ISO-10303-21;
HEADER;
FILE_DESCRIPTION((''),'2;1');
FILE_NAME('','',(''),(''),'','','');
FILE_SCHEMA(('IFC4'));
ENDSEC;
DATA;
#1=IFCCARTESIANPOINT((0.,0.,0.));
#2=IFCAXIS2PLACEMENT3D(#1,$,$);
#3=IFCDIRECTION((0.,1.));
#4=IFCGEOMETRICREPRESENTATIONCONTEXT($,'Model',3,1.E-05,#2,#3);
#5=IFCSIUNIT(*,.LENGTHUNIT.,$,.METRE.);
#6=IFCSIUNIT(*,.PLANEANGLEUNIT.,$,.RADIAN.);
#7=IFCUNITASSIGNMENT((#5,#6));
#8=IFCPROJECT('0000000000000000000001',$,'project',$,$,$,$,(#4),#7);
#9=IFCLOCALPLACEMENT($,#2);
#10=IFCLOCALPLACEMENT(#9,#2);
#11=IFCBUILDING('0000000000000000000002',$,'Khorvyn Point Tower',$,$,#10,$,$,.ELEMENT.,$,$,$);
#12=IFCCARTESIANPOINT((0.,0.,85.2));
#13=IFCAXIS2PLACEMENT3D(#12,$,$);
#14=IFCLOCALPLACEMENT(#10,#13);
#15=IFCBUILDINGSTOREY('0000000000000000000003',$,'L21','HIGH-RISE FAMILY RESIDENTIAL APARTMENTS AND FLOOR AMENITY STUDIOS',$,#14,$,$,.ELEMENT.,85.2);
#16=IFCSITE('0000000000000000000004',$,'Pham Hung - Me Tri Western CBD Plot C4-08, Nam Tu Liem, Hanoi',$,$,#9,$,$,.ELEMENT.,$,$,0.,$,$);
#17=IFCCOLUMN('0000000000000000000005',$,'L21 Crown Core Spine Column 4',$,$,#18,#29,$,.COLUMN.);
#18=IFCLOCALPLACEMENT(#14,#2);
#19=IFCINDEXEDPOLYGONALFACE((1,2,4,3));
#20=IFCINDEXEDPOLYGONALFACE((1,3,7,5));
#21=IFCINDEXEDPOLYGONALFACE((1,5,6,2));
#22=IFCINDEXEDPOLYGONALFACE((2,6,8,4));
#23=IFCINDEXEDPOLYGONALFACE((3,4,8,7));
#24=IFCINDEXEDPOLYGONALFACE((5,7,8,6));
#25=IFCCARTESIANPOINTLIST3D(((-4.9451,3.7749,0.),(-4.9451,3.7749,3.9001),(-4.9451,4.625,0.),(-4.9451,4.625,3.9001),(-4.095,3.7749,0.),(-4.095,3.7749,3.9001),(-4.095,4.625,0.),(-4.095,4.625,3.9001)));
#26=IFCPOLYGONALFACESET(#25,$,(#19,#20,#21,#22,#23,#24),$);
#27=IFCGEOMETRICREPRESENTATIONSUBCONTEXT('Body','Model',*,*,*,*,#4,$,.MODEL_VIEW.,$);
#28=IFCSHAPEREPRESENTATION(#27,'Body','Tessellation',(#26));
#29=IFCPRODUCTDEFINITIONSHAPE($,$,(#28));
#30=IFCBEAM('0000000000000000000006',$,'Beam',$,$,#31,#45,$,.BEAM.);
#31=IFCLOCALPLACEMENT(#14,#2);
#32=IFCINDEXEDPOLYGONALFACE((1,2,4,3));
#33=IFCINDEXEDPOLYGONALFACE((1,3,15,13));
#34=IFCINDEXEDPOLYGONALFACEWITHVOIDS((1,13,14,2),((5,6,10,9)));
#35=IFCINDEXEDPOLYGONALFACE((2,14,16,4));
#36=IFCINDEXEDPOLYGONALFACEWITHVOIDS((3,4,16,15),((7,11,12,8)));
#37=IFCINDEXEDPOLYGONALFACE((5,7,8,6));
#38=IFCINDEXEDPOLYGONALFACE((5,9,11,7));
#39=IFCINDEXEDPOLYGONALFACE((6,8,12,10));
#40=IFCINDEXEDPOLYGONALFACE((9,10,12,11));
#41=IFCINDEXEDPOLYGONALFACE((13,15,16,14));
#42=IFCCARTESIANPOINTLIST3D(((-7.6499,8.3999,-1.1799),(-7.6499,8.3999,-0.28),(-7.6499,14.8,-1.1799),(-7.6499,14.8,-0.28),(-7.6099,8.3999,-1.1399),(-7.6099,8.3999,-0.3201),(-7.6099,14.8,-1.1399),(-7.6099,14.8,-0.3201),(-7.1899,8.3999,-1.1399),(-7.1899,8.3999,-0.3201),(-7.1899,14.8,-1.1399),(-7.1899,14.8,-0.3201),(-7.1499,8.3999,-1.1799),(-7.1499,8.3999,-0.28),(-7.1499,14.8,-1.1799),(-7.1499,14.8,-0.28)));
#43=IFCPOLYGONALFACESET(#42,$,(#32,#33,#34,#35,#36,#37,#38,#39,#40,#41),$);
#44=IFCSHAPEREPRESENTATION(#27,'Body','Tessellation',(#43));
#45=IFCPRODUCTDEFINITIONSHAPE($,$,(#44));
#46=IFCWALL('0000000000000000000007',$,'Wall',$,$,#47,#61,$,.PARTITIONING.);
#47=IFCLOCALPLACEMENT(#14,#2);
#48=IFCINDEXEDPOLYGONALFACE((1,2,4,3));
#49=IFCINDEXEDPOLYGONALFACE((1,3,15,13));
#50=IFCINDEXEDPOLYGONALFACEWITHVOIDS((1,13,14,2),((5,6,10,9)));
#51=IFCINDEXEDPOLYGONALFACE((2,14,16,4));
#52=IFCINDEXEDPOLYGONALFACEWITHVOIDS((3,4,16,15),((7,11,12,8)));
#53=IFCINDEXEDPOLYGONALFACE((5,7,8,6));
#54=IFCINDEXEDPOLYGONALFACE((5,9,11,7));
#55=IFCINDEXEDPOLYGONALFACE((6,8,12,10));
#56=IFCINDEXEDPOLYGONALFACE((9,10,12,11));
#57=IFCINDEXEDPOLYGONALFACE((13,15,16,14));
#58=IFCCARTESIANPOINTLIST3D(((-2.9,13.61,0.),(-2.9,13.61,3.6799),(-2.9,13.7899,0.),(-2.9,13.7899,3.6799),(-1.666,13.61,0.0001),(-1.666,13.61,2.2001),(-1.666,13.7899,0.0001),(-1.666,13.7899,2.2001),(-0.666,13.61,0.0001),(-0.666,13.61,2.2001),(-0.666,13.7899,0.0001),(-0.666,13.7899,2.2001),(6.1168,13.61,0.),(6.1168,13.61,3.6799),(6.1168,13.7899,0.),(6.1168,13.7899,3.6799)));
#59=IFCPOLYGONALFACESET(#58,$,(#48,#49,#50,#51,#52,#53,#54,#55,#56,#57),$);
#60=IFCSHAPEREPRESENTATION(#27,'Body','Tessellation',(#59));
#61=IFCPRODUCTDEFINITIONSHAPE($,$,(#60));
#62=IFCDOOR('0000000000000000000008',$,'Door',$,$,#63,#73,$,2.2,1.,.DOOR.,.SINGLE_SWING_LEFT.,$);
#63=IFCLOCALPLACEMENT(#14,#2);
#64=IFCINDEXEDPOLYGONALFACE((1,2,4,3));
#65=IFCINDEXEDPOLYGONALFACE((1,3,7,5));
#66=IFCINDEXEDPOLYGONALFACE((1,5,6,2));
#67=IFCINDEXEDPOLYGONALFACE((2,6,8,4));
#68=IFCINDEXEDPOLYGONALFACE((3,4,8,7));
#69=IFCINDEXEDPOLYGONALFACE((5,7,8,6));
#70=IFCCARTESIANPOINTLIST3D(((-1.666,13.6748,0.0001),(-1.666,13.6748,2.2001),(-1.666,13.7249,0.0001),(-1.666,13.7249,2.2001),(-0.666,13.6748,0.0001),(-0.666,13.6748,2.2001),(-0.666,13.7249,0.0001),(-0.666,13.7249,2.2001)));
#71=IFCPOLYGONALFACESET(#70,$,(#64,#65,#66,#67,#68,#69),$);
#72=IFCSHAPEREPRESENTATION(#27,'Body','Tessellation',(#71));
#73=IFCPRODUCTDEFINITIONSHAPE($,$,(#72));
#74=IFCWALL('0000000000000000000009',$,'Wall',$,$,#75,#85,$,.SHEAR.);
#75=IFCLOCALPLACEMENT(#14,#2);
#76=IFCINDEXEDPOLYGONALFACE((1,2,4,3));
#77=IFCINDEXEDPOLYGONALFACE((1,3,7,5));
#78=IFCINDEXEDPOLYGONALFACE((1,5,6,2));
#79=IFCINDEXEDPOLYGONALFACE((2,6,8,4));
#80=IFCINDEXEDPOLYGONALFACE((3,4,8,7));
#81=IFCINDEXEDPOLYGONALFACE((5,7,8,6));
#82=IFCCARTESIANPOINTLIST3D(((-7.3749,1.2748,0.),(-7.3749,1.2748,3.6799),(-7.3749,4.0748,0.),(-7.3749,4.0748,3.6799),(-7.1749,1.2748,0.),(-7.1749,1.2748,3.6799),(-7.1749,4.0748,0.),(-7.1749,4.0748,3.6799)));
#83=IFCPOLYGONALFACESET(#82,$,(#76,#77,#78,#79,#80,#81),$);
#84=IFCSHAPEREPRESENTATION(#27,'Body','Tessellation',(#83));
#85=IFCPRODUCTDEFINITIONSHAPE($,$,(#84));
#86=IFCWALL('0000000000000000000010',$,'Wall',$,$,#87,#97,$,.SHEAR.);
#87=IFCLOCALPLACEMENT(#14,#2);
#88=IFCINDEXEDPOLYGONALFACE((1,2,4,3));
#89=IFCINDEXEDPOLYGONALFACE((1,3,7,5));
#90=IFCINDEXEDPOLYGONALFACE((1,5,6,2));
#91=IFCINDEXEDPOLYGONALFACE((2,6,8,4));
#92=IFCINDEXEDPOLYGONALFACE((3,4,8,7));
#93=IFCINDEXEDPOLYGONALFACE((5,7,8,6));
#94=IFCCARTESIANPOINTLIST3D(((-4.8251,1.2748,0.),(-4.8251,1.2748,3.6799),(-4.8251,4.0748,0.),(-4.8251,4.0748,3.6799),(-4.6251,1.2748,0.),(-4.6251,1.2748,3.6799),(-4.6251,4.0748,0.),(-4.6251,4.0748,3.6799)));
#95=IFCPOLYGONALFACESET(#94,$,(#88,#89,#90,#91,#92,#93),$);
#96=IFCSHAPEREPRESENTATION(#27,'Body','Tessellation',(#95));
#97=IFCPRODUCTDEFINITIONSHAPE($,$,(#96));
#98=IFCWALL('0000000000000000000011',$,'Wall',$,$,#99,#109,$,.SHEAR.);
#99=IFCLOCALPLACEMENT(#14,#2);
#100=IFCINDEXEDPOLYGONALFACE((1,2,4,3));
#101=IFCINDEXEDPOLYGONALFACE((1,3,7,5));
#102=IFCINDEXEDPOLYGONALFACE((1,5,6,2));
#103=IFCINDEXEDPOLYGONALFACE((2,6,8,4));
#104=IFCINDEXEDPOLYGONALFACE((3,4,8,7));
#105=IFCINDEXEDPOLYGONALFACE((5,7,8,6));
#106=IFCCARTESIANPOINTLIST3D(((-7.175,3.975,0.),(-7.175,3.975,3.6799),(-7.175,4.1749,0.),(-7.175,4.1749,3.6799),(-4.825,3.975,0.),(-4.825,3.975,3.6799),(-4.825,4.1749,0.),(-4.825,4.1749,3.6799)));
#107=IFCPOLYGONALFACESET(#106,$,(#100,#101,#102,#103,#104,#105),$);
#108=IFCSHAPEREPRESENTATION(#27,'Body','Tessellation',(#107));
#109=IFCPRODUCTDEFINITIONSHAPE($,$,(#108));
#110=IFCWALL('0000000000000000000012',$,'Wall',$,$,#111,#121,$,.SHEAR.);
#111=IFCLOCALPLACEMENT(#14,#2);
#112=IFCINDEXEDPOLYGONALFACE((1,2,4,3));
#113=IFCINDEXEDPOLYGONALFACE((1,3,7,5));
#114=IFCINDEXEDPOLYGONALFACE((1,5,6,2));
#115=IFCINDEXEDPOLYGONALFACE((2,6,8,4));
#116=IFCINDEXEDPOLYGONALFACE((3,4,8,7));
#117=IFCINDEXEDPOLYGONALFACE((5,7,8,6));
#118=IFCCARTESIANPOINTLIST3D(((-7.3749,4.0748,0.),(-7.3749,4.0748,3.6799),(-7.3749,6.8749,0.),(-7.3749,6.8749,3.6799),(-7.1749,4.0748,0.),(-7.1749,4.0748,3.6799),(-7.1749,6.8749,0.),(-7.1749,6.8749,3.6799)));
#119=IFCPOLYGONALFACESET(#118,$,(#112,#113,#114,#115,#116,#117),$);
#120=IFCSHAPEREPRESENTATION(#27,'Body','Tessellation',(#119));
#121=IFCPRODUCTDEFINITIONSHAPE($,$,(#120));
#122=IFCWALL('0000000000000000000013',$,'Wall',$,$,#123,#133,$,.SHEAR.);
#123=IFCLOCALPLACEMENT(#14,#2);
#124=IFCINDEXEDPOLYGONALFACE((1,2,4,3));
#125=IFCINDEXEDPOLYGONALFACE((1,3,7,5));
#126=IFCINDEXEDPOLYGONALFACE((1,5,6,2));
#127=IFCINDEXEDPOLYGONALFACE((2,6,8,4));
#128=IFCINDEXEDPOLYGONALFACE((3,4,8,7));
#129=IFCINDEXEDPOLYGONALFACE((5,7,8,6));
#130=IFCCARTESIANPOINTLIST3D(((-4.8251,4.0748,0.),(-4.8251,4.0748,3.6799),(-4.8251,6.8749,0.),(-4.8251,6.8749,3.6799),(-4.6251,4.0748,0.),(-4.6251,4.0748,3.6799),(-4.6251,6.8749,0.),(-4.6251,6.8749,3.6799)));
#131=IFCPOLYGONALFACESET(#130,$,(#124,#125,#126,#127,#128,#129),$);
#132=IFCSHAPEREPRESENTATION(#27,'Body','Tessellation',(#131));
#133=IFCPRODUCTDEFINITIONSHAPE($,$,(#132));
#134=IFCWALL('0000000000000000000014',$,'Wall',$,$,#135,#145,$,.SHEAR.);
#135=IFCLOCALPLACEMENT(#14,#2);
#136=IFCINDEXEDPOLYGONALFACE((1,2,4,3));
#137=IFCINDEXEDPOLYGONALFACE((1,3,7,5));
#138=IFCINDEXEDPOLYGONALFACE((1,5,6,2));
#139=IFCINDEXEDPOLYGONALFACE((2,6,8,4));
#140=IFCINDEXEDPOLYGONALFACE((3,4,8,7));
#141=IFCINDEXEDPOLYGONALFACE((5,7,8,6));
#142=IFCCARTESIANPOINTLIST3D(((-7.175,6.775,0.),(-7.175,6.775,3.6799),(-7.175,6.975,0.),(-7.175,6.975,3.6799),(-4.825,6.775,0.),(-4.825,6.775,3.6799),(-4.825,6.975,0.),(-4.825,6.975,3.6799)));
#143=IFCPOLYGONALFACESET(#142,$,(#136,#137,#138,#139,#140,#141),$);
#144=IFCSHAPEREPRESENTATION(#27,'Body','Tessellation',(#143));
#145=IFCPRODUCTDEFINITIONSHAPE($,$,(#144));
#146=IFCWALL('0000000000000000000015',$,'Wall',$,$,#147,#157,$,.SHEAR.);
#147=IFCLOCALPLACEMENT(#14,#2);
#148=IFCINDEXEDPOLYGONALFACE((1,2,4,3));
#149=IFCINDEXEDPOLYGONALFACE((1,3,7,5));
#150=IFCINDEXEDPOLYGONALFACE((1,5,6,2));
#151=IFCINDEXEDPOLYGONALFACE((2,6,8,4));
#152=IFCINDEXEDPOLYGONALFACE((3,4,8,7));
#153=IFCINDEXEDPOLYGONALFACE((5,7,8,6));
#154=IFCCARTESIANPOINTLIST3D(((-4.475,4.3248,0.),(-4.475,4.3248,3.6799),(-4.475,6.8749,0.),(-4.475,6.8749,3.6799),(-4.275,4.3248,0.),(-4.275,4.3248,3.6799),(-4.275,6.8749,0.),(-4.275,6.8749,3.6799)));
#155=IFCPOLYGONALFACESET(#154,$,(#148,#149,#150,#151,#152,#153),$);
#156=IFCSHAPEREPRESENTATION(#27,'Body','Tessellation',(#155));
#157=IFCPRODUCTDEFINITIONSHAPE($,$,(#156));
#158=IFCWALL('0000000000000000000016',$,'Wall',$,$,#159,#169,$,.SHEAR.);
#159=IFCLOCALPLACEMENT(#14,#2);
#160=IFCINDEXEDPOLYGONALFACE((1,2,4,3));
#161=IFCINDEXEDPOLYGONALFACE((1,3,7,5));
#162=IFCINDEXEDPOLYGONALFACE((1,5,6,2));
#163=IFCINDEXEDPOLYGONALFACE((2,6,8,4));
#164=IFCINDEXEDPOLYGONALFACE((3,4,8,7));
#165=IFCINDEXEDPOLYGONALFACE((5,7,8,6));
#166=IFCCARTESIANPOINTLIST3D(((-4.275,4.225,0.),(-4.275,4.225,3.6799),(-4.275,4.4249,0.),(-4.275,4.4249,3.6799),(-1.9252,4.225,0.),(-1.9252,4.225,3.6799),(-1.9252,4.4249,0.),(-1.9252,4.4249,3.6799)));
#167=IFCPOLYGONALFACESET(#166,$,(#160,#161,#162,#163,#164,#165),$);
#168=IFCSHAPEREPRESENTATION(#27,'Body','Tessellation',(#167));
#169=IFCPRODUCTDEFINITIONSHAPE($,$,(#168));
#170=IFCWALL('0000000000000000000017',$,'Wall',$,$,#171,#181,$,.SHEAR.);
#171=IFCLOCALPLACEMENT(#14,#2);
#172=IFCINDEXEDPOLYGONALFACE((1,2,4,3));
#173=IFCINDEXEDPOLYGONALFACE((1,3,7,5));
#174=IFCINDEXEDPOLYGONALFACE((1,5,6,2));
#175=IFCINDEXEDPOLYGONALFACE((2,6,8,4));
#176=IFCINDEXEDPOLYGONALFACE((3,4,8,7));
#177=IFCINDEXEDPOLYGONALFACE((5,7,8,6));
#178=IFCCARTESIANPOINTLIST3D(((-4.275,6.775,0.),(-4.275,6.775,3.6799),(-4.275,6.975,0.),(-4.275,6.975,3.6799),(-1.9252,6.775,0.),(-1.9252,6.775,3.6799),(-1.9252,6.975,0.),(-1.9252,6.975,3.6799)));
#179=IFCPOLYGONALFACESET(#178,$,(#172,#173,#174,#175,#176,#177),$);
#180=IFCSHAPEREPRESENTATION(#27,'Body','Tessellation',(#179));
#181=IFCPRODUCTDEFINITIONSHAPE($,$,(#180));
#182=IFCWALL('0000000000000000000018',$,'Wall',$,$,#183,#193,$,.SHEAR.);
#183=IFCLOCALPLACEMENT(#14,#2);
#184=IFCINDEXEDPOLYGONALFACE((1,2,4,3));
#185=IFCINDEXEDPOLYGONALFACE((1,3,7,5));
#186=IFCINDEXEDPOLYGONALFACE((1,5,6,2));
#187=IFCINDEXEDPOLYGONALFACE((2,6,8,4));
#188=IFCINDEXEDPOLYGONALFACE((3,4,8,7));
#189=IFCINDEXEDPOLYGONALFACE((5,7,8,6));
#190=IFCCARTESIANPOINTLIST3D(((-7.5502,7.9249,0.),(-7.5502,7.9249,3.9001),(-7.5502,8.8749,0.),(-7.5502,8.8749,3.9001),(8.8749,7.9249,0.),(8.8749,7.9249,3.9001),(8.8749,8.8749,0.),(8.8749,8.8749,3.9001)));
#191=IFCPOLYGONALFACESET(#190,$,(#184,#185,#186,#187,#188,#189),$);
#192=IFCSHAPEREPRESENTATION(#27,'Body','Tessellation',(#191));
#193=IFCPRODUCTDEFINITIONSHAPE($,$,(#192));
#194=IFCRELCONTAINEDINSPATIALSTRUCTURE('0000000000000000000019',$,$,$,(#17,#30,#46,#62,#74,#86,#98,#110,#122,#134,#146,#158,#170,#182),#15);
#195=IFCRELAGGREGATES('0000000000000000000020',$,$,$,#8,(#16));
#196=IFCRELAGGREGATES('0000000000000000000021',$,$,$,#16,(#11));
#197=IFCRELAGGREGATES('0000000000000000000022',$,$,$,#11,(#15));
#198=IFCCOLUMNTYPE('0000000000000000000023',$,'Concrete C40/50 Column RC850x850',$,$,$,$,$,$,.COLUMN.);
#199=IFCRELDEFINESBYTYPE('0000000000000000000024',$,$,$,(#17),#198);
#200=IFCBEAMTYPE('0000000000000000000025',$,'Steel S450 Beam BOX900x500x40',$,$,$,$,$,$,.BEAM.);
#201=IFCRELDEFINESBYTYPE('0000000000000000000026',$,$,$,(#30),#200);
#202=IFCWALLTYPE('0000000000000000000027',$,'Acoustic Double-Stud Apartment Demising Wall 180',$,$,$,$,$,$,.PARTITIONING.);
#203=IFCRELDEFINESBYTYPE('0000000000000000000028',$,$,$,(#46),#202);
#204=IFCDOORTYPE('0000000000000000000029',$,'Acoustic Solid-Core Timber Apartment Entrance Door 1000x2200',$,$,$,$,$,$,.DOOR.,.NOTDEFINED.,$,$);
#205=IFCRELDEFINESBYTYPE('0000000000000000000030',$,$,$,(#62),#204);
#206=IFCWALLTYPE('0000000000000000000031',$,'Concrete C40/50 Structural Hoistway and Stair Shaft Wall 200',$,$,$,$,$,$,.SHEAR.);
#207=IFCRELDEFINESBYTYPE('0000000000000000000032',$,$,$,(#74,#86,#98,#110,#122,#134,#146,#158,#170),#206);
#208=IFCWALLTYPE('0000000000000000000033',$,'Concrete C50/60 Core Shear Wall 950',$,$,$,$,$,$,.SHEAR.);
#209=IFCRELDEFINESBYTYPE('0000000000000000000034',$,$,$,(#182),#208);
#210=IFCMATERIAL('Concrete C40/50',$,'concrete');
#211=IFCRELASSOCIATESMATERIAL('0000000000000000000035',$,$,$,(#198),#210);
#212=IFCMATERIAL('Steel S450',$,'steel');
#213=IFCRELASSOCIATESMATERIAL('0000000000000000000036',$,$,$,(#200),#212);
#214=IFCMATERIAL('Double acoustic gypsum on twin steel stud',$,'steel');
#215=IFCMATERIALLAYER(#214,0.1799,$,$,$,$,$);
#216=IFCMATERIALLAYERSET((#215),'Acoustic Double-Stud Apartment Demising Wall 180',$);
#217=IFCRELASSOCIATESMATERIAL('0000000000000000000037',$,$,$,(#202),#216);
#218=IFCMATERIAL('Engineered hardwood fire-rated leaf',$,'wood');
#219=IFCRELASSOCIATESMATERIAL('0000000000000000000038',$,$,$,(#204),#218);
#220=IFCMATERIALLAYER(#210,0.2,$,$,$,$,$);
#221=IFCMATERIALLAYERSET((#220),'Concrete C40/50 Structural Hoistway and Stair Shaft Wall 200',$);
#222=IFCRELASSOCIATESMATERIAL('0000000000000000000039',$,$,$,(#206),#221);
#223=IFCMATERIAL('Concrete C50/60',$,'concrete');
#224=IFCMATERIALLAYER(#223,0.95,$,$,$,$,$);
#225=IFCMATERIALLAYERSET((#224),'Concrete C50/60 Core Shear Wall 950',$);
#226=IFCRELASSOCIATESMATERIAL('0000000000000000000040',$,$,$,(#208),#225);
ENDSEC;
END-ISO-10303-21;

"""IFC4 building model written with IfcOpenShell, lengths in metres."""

from ifc_helpers import new_model, si_unit, direction, frame, frame_2d, origin, origin_2d, place, context, subcontext, project, spatial, rectangle, hollow_rectangle, extrude, material, layer, layer_set, material_profile, profile_set, type_object, element, fill, save


model = new_model("IFC4")

# Units and contexts
model_context = context("Model", 3, precision=1e-05, world=origin(), true_north=direction((0.0, 1.0)))
body_context = subcontext(model_context, "Body", "Model", "MODEL_VIEW")
ifc_project = project(units=[si_unit("LENGTHUNIT", "METRE"), si_unit("PLANEANGLEUNIT", "RADIAN")], contexts=[model_context])

# Site, building, storey
site_placement = place(None, origin())
site = spatial("IfcSite", under=ifc_project, at=site_placement, Name="Pham Hung - Me Tri Western CBD Plot C4-08, Nam Tu Liem, Hanoi", CompositionType="ELEMENT", RefElevation=0.0)
building_placement = place(site_placement, origin())
building = spatial("IfcBuilding", under=site, at=building_placement, Name="Khorvyn Point Tower", CompositionType="ELEMENT")
storey_placement = place(building_placement, frame((0.0, 0.0, 85.2)))
storey = spatial("IfcBuildingStorey", under=building, at=storey_placement, Name="L21", Description="HIGH-RISE FAMILY RESIDENTIAL APARTMENTS AND FLOOR AMENITY STUDIOS", CompositionType="ELEMENT", Elevation=85.2)

# Column
ifc_material_1 = material(Name="Concrete C40/50", Category="concrete")
ifc_material_profile_1 = material_profile(ifc_material_1, rectangle(XDim=0.8501, YDim=0.8501, at=origin_2d()))
ifc_profile_set_1 = profile_set([ifc_material_profile_1], Name="Concrete C40/50 RC850x850")
column_type = type_object("IfcColumnType", Name="Concrete C40/50 Column RC850x850", PredefinedType="COLUMN", material=ifc_profile_set_1)
column_placement = place(storey_placement, frame((-4.52, 4.2, 0.0), z_axis=(0.0, 0.0, 1.0), x_axis=(1.0, 0.0, 0.0)))
element("IfcColumn", 1, at=column_placement, inside=storey, type_object=column_type, Name="L21 Crown Core Spine Column 4", PredefinedType="COLUMN", context=body_context, shape_type="SweptSolid", body=[
    extrude(rectangle(XDim=0.8501, YDim=0.8501, at=origin_2d()), origin(), (0.0, 0.0, 1.0), 3.9001),
])

# Beam
ifc_material_2 = material(Name="Steel S450", Category="steel")
ifc_material_profile_2 = material_profile(ifc_material_2, hollow_rectangle(XDim=0.5, YDim=0.8999, WallThickness=0.04, at=origin_2d()))
ifc_profile_set_2 = profile_set([ifc_material_profile_2], Name="Steel S450 BOX900x500x40")
beam_type = type_object("IfcBeamType", Name="Steel S450 Beam BOX900x500x40", PredefinedType="BEAM", material=ifc_profile_set_2)
beam_placement = place(storey_placement, frame((-7.3999, 8.3999, -0.73), z_axis=(0.0, 1.0, 0.0), x_axis=(-1.0, 0.0, 0.0)))
element("IfcBeam", 2, at=beam_placement, inside=storey, type_object=beam_type, Name="Beam", PredefinedType="BEAM", context=body_context, shape_type="SweptSolid", body=[
    extrude(hollow_rectangle(XDim=0.5, YDim=0.8999, WallThickness=0.04, at=origin_2d()), origin(), (0.0, 0.0, 1.0), 6.4001),
])

# Wall, opening, door
ifc_material_3 = material(Name="Double acoustic gypsum on twin steel stud", Category="steel")
ifc_layer_1 = layer(ifc_material_3, 0.1799)
ifc_layer_set_1 = layer_set([ifc_layer_1], Name="Acoustic Double-Stud Apartment Demising Wall 180")
wall_type_1 = type_object("IfcWallType", Name="Acoustic Double-Stud Apartment Demising Wall 180", PredefinedType="PARTITIONING", material=ifc_layer_set_1)
wall_1_placement = place(storey_placement, frame((-2.8999, 13.7, 0.0), z_axis=(0.0, 0.0, 1.0), x_axis=(1.0, 0.0, 0.0)))
wall_1 = element("IfcWall", 3, at=wall_1_placement, inside=storey, type_object=wall_type_1, Name="Wall", PredefinedType="PARTITIONING", context=body_context, shape_type="SweptSolid", body=[
    extrude(rectangle(XDim=9.0168, YDim=0.1799, at=frame_2d((4.5083, 0.0))), origin(), (0.0, 0.0, 1.0), 3.6799),
])
opening_1_placement = place(wall_1_placement, frame((1.2339, 0.0, 0.0)))
opening_1 = element("IfcOpeningElement", 4, at=opening_1_placement, cuts=wall_1, PredefinedType="OPENING", context=body_context, shape_type="SweptSolid", body=[
    extrude(rectangle(XDim=1.0, YDim=2.2, at=frame_2d((0.5, 1.1001))), frame((0.0, 0.0999, 0.0), z_axis=(0.0, -1.0, 0.0), x_axis=(1.0, 0.0, 0.0)), (0.0, 0.0, 1.0), 0.2),
])
ifc_material_4 = material(Name="Engineered hardwood fire-rated leaf", Category="wood")
door_type_1 = type_object("IfcDoorType", Name="Acoustic Solid-Core Timber Apartment Entrance Door 1000x2200", OperationType="NOTDEFINED", PredefinedType="DOOR", material=ifc_material_4)
door_1_placement = place(opening_1_placement, origin())
door_1 = element("IfcDoor", 5, at=door_1_placement, inside=storey, type_object=door_type_1, Name="Door", OperationType="SINGLE_SWING_LEFT", OverallHeight=2.2, OverallWidth=1.0, PredefinedType="DOOR", context=body_context, shape_type="SweptSolid", body=[
    extrude(rectangle(XDim=1.0, YDim=2.2, at=frame_2d((0.5, 1.1001))), frame((0.0, 0.0249, 0.0), z_axis=(0.0, -1.0, 0.0), x_axis=(1.0, 0.0, 0.0)), (0.0, 0.0, 1.0), 0.05),
])
fill(opening_1, door_1)

# Walls
ifc_layer_2 = layer(ifc_material_1, 0.2)
ifc_layer_set_2 = layer_set([ifc_layer_2], Name="Concrete C40/50 Structural Hoistway and Stair Shaft Wall 200")
wall_type_2 = type_object("IfcWallType", Name="Concrete C40/50 Structural Hoistway and Stair Shaft Wall 200", PredefinedType="SHEAR", material=ifc_layer_set_2)
for number, where, z_axis, x_axis, name in (
    (6, (-7.2749, 1.2749, 0.0), (0.0, 0.0, 1.0), (0.0, 1.0, 0.0), "Wall"),
    (7, (-4.7251, 1.2749, 0.0), (0.0, 0.0, 1.0), (0.0, 1.0, 0.0), "Wall"),
):
    element("IfcWall", number, at=place(storey_placement, frame(where, z_axis=z_axis, x_axis=x_axis)), inside=storey, type_object=wall_type_2, Name=name, PredefinedType="SHEAR", context=body_context, shape_type="SweptSolid", body=[
        extrude(rectangle(XDim=2.8, YDim=0.2, at=frame_2d((1.3999, 0.0))), origin(), (0.0, 0.0, 1.0), 3.6799),
    ])
wall_2_placement = place(storey_placement, frame((-7.175, 4.075, 0.0), z_axis=(0.0, 0.0, 1.0), x_axis=(1.0, 0.0, 0.0)))
element("IfcWall", 8, at=wall_2_placement, inside=storey, type_object=wall_type_2, Name="Wall", PredefinedType="SHEAR", context=body_context, shape_type="SweptSolid", body=[
    extrude(rectangle(XDim=2.3501, YDim=0.2, at=frame_2d((1.175, 0.0))), origin(), (0.0, 0.0, 1.0), 3.6799),
])
for number, where, z_axis, x_axis, name in (
    (9, (-7.2749, 4.075, 0.0), (0.0, 0.0, 1.0), (0.0, 1.0, 0.0), "Wall"),
    (10, (-4.7251, 4.075, 0.0), (0.0, 0.0, 1.0), (0.0, 1.0, 0.0), "Wall"),
):
    element("IfcWall", number, at=place(storey_placement, frame(where, z_axis=z_axis, x_axis=x_axis)), inside=storey, type_object=wall_type_2, Name=name, PredefinedType="SHEAR", context=body_context, shape_type="SweptSolid", body=[
        extrude(rectangle(XDim=2.8, YDim=0.2, at=frame_2d((1.3999, 0.0))), origin(), (0.0, 0.0, 1.0), 3.6799),
    ])
wall_3_placement = place(storey_placement, frame((-7.175, 6.875, 0.0), z_axis=(0.0, 0.0, 1.0), x_axis=(1.0, 0.0, 0.0)))
element("IfcWall", 11, at=wall_3_placement, inside=storey, type_object=wall_type_2, Name="Wall", PredefinedType="SHEAR", context=body_context, shape_type="SweptSolid", body=[
    extrude(rectangle(XDim=2.3501, YDim=0.2, at=frame_2d((1.175, 0.0))), origin(), (0.0, 0.0, 1.0), 3.6799),
])
wall_4_placement = place(storey_placement, frame((-4.375, 4.325, 0.0), z_axis=(0.0, 0.0, 1.0), x_axis=(0.0, 1.0, 0.0)))
element("IfcWall", 12, at=wall_4_placement, inside=storey, type_object=wall_type_2, Name="Wall", PredefinedType="SHEAR", context=body_context, shape_type="SweptSolid", body=[
    extrude(rectangle(XDim=2.55, YDim=0.2, at=frame_2d((1.2749, 0.0))), origin(), (0.0, 0.0, 1.0), 3.6799),
])
for number, where, z_axis, x_axis, name in (
    (13, (-4.2749, 4.325, 0.0), (0.0, 0.0, 1.0), (1.0, 0.0, 0.0), "Wall"),
    (14, (-4.2749, 6.875, 0.0), (0.0, 0.0, 1.0), (1.0, 0.0, 0.0), "Wall"),
):
    element("IfcWall", number, at=place(storey_placement, frame(where, z_axis=z_axis, x_axis=x_axis)), inside=storey, type_object=wall_type_2, Name=name, PredefinedType="SHEAR", context=body_context, shape_type="SweptSolid", body=[
        extrude(rectangle(XDim=2.3499, YDim=0.2, at=frame_2d((1.1748, 0.0))), origin(), (0.0, 0.0, 1.0), 3.6799),
    ])
ifc_material_5 = material(Name="Concrete C50/60", Category="concrete")
ifc_layer_3 = layer(ifc_material_5, 0.95)
ifc_layer_set_3 = layer_set([ifc_layer_3], Name="Concrete C50/60 Core Shear Wall 950")
wall_type_3 = type_object("IfcWallType", Name="Concrete C50/60 Core Shear Wall 950", PredefinedType="SHEAR", material=ifc_layer_set_3)
wall_5_placement = place(storey_placement, frame((-7.55, 8.3999, 0.0), z_axis=(0.0, 0.0, 1.0), x_axis=(1.0, 0.0, 0.0)))
element("IfcWall", 15, at=wall_5_placement, inside=storey, type_object=wall_type_3, Name="Wall", PredefinedType="SHEAR", context=body_context, shape_type="SweptSolid", body=[
    extrude(rectangle(XDim=16.425, YDim=0.95, at=frame_2d((8.2124, 0.0))), origin(), (0.0, 0.0, 1.0), 3.9001),
])

save(model, "model.ifc")
